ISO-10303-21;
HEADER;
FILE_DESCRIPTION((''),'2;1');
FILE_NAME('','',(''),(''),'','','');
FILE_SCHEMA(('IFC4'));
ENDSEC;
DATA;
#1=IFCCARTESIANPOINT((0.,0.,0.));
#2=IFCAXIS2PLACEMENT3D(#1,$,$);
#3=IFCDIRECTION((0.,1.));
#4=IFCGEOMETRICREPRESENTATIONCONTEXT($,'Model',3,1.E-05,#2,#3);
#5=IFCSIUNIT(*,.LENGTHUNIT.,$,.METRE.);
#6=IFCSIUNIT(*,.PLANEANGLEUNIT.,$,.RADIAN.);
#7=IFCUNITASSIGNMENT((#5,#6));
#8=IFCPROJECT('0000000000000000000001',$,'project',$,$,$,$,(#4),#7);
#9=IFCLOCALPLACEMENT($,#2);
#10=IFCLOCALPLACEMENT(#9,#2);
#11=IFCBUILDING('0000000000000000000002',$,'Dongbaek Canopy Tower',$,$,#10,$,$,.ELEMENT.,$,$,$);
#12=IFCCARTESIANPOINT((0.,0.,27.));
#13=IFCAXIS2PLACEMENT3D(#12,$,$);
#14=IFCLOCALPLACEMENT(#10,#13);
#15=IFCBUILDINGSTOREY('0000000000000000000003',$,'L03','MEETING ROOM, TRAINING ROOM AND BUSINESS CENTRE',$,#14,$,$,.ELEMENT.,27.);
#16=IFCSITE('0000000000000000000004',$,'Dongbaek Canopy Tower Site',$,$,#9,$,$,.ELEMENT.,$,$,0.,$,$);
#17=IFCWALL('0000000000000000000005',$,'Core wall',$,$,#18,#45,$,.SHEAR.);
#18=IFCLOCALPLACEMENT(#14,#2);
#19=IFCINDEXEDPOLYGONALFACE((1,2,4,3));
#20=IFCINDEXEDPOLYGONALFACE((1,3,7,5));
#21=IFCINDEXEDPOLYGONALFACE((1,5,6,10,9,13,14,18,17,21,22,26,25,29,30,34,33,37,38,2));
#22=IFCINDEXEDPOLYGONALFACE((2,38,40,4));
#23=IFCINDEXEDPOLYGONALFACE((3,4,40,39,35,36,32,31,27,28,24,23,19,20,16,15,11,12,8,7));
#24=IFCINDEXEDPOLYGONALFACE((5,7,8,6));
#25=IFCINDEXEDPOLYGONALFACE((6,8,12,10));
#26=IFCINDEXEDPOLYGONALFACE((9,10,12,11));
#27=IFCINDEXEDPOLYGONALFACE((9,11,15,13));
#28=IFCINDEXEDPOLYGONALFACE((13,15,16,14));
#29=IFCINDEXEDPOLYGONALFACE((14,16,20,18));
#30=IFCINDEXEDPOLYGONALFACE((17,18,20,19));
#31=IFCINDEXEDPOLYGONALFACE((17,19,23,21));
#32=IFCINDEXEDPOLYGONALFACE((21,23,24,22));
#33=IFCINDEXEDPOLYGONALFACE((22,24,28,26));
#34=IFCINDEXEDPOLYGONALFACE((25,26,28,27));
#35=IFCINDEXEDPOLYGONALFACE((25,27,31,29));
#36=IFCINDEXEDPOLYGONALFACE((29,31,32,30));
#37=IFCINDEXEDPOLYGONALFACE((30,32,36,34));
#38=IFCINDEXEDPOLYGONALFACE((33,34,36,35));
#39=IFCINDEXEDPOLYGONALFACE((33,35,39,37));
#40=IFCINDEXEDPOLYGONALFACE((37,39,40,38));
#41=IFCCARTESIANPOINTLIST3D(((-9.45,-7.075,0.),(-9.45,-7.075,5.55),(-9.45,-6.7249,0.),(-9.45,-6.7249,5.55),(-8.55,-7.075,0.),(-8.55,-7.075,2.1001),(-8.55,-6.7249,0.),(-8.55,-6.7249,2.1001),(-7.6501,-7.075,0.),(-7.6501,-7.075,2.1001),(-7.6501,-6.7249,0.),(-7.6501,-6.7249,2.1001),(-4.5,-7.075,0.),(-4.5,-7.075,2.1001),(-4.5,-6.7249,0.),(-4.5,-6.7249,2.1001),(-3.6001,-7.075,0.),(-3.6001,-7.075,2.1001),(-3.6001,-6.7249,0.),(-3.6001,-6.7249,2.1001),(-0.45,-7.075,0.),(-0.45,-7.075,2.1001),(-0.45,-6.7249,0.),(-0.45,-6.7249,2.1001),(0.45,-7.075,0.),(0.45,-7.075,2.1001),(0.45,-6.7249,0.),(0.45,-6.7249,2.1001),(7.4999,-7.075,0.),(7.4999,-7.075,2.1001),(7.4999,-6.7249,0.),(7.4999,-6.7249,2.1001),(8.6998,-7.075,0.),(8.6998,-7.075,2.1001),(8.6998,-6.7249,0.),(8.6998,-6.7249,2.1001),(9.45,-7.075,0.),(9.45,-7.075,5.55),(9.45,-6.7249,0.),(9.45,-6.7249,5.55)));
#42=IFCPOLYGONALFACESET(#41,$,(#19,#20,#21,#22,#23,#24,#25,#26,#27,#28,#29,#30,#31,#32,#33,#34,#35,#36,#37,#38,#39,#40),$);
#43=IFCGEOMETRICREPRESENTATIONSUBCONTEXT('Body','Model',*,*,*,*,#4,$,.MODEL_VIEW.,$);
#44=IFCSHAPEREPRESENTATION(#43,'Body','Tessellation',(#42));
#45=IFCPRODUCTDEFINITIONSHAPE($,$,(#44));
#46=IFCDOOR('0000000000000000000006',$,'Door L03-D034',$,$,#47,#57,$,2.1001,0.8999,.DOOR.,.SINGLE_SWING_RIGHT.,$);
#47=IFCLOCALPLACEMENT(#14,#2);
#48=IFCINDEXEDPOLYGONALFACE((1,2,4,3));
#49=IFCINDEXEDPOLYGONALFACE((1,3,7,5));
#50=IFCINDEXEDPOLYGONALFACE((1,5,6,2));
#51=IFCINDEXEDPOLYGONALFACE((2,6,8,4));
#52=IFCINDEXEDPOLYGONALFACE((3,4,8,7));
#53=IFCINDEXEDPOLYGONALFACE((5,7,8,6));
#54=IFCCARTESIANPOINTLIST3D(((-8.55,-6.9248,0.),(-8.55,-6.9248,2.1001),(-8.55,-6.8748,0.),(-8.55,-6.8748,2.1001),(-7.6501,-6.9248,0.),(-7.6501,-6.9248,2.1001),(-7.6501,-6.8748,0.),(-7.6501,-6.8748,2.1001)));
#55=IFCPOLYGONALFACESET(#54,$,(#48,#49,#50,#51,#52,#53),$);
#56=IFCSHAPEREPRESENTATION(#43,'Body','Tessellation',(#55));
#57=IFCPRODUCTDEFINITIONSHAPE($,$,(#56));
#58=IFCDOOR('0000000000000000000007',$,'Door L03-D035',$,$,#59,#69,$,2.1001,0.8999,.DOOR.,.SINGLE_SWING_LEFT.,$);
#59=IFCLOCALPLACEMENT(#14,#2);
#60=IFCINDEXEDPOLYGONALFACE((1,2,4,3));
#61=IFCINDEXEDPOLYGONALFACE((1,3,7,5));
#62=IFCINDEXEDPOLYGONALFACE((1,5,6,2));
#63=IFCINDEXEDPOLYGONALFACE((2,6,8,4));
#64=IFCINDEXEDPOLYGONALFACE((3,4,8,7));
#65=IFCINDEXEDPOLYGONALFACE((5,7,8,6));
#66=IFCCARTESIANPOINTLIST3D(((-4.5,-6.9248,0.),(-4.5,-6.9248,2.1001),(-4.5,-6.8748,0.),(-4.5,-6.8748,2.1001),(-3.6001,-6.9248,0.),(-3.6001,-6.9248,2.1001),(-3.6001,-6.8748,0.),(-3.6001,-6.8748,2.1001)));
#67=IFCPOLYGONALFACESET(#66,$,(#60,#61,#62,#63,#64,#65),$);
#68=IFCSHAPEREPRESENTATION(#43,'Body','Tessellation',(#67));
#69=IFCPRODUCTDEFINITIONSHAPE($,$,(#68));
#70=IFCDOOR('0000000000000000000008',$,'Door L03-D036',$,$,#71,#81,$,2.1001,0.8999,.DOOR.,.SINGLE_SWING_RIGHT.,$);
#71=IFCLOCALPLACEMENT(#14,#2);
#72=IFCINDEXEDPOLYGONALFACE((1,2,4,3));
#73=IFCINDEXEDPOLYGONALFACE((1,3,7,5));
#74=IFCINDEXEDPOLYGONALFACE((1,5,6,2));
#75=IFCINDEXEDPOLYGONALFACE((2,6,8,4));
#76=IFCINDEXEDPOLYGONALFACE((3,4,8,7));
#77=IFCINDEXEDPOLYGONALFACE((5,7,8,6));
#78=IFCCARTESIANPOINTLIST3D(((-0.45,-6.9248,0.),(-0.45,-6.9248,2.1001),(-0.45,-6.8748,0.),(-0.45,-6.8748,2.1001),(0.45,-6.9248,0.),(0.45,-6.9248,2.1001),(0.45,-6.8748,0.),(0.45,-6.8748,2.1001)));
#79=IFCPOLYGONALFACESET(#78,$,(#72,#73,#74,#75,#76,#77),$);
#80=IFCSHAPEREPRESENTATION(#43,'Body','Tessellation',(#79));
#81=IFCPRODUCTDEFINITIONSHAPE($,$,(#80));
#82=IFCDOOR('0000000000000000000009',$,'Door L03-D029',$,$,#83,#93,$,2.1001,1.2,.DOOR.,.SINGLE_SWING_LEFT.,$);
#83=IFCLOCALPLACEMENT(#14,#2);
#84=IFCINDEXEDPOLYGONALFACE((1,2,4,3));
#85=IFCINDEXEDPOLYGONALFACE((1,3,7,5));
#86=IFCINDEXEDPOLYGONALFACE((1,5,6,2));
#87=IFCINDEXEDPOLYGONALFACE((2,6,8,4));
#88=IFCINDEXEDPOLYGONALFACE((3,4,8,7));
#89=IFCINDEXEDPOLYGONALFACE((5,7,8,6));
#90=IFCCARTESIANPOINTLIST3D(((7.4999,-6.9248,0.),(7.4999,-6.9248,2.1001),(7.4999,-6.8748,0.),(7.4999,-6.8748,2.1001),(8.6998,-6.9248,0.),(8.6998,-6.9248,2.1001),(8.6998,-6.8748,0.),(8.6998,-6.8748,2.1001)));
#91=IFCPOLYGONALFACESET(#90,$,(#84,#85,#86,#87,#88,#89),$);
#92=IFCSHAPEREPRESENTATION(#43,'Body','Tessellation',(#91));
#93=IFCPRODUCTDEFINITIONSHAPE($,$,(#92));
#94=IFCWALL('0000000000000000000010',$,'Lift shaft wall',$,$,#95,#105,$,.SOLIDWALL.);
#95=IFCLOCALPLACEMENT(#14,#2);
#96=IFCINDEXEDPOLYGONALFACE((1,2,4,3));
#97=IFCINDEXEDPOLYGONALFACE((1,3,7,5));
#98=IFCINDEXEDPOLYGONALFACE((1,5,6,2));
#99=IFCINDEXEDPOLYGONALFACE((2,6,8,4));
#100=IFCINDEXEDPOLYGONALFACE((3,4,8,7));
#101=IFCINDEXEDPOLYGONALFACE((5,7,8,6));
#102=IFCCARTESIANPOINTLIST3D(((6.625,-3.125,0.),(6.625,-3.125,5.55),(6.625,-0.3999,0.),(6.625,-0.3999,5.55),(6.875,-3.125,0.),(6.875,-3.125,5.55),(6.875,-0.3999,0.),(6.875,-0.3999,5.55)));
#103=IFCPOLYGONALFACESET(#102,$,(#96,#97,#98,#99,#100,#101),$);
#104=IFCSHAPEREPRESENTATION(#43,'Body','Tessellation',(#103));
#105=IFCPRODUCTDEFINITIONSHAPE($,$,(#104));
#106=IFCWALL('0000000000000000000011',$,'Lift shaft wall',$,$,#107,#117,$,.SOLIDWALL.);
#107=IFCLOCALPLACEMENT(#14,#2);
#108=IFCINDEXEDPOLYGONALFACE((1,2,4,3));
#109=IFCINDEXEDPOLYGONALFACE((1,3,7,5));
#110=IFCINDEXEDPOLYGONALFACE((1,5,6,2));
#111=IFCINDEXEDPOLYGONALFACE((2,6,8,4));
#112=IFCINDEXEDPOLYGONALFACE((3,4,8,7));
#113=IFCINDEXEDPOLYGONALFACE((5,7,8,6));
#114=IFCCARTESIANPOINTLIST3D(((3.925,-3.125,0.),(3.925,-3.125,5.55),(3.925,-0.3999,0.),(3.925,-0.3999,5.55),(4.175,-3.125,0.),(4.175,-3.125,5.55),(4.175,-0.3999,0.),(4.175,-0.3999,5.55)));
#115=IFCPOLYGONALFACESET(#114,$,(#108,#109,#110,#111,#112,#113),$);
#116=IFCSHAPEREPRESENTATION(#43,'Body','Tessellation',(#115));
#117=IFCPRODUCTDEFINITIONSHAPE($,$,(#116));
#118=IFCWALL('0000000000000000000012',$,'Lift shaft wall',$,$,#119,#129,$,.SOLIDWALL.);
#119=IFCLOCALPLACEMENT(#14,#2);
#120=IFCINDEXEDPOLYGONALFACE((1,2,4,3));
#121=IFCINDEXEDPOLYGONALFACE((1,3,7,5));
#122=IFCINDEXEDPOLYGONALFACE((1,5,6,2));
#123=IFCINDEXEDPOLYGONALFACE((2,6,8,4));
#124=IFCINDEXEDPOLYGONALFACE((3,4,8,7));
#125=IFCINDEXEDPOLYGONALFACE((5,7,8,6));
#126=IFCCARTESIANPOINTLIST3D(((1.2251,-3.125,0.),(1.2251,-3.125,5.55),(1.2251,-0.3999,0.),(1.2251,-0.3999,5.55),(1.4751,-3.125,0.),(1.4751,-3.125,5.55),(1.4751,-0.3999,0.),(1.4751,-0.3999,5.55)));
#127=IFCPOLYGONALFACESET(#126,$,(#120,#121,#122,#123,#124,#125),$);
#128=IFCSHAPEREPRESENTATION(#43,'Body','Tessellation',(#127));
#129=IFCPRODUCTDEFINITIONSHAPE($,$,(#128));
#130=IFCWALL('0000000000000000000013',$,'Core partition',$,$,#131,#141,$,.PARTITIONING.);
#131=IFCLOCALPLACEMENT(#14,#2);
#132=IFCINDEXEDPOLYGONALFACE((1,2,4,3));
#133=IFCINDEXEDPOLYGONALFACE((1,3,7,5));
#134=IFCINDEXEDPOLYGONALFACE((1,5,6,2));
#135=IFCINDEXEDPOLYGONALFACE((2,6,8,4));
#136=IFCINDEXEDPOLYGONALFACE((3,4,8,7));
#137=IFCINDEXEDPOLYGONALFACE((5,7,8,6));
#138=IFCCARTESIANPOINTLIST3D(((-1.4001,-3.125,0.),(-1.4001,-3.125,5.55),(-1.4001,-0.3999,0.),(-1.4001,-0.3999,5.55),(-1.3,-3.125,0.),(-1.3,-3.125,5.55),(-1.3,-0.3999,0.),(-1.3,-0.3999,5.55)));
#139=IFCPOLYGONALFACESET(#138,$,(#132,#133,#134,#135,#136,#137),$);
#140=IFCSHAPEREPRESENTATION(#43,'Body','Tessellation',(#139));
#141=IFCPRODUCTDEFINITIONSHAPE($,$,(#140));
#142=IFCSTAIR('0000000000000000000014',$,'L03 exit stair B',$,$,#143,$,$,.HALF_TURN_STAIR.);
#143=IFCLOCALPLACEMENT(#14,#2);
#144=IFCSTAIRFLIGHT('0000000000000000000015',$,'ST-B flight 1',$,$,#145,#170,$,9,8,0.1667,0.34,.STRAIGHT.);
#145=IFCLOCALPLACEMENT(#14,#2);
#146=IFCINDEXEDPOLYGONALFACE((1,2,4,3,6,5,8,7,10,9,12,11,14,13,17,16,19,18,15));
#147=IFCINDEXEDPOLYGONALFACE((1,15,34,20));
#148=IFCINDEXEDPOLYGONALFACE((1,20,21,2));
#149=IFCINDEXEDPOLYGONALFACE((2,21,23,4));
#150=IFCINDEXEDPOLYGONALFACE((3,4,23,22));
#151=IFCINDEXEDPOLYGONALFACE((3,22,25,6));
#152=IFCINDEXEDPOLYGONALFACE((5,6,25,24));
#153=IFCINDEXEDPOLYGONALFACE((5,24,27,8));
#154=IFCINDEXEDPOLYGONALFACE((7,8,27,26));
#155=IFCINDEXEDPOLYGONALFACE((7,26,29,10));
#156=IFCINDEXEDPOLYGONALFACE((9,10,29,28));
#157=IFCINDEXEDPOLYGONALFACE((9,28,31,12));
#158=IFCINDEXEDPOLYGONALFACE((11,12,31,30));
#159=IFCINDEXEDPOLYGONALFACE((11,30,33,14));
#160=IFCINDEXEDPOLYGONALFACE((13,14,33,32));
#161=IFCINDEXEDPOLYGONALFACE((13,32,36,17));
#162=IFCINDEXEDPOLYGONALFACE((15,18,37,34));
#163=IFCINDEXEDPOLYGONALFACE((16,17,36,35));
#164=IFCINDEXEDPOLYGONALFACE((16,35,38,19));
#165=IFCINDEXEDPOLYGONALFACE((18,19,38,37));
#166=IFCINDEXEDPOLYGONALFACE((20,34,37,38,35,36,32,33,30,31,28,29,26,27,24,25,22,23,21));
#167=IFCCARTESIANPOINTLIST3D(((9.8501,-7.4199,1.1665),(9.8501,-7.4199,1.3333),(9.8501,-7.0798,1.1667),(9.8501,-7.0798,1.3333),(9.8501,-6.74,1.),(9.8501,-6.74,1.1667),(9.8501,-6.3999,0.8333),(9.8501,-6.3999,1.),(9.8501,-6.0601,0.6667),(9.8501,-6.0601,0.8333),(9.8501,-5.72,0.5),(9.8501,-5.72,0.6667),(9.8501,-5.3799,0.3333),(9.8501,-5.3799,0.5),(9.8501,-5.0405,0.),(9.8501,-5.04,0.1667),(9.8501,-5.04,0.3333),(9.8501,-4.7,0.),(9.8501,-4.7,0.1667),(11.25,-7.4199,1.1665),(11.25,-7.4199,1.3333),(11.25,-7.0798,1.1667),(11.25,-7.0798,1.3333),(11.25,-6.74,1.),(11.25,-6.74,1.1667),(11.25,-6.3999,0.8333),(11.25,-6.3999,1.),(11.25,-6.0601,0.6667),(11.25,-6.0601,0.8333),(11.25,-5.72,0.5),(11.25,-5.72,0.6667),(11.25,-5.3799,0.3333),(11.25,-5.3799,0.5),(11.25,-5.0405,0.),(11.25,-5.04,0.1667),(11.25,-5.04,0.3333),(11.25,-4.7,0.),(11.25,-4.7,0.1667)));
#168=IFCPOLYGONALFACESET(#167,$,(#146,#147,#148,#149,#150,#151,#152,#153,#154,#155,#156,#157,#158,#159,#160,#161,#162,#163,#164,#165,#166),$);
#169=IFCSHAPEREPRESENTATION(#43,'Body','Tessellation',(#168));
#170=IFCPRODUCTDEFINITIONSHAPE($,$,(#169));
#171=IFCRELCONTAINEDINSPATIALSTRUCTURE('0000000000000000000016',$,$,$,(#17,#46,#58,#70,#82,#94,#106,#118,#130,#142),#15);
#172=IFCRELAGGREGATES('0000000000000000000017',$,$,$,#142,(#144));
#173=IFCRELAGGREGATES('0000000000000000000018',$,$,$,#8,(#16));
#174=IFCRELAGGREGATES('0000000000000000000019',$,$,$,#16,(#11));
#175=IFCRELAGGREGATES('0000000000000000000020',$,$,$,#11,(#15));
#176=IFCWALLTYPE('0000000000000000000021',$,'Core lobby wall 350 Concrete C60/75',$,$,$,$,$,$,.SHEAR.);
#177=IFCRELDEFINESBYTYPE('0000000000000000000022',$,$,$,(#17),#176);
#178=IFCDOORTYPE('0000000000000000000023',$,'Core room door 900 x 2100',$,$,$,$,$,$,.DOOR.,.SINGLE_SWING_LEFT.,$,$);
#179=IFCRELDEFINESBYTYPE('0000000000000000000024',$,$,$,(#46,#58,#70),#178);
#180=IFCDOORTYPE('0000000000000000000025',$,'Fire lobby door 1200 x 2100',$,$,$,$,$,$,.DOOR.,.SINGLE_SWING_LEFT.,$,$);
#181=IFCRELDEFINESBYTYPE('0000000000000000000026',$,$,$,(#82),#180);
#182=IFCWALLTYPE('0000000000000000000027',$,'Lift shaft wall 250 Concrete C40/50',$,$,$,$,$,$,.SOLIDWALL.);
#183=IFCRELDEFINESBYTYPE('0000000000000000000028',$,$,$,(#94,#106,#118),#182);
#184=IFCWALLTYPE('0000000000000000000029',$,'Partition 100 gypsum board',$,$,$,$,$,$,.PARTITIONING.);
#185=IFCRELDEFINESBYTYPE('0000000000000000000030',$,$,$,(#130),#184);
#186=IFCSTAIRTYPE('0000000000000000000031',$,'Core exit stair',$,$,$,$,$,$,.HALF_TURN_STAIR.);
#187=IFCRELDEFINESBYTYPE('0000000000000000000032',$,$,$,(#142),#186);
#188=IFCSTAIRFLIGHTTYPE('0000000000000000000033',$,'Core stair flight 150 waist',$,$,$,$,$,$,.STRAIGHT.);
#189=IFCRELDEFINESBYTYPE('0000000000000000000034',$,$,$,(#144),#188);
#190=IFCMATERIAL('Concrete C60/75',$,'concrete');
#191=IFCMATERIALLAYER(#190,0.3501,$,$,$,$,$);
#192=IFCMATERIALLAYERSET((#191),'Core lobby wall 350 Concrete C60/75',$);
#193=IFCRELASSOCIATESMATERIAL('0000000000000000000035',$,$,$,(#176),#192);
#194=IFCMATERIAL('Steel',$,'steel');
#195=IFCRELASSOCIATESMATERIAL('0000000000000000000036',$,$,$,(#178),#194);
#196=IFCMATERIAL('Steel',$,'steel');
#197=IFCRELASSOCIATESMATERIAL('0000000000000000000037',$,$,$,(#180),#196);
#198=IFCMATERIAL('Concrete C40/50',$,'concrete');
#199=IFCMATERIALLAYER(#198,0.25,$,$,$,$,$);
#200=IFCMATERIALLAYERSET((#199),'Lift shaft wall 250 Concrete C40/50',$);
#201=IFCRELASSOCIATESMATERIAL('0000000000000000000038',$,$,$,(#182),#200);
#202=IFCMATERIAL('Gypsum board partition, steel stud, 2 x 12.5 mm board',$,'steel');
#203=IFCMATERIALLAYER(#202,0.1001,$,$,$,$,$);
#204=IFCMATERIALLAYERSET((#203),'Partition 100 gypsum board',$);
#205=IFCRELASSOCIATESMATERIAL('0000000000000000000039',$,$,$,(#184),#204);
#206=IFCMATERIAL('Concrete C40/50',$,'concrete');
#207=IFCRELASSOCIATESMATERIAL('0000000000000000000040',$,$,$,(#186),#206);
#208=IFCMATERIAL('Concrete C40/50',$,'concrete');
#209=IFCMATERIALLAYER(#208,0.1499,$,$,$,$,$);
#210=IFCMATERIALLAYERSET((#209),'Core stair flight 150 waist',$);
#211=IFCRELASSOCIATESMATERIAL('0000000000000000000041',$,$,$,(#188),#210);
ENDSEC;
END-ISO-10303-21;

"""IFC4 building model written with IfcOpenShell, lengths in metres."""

from ifc_helpers import new_model, si_unit, direction, frame, frame_2d, origin, place, context, subcontext, project, spatial, polyline, rectangle, outline, extrude, material, layer, layer_set, type_object, element, fill, aggregate, save


model = new_model("IFC4")

# Units and contexts
model_context = context("Model", 3, precision=1e-05, world=origin(), true_north=direction((0.0, 1.0)))
body_context = subcontext(model_context, "Body", "Model", "MODEL_VIEW")
ifc_project = project(units=[si_unit("LENGTHUNIT", "METRE"), si_unit("PLANEANGLEUNIT", "RADIAN")], contexts=[model_context])

# Site, building, storey
site_placement = place(None, origin())
site = spatial("IfcSite", under=ifc_project, at=site_placement, Name="Dongbaek Canopy Tower Site", CompositionType="ELEMENT", RefElevation=0.0)
building_placement = place(site_placement, origin())
building = spatial("IfcBuilding", under=site, at=building_placement, Name="Dongbaek Canopy Tower", CompositionType="ELEMENT")
storey_placement = place(building_placement, frame((0.0, 0.0, 27.0)))
storey = spatial("IfcBuildingStorey", under=building, at=storey_placement, Name="L03", Description="MEETING ROOM, TRAINING ROOM AND BUSINESS CENTRE", CompositionType="ELEMENT", Elevation=27.0)

# Wall, openings, doors
ifc_material_1 = material(Name="Concrete C60/75", Category="concrete")
ifc_layer_1 = layer(ifc_material_1, 0.3501)
ifc_layer_set_1 = layer_set([ifc_layer_1], Name="Core lobby wall 350 Concrete C60/75")
wall_type_1 = type_object("IfcWallType", Name="Core lobby wall 350 Concrete C60/75", PredefinedType="SHEAR", material=ifc_layer_set_1)
wall_1_placement = place(storey_placement, frame((9.45, -6.8999, 0.0), z_axis=(0.0, 0.0, 1.0), x_axis=(-1.0, 0.0, 0.0)))
wall_1 = element("IfcWall", 1, at=wall_1_placement, inside=storey, type_object=wall_type_1, Name="Core wall", PredefinedType="SHEAR", context=body_context, shape_type="SweptSolid", body=[
    extrude(rectangle(XDim=18.8999, YDim=0.3501, at=frame_2d((9.45, 0.0))), origin(), (0.0, 0.0, 1.0), 5.55),
])
opening_1_placement = place(wall_1_placement, frame((0.75, 0.0, 0.0)))
opening_1 = element("IfcOpeningElement", 2, at=opening_1_placement, cuts=wall_1, PredefinedType="OPENING", context=body_context, shape_type="SweptSolid", body=[
    extrude(rectangle(XDim=1.2, YDim=2.1001, at=frame_2d((0.6001, 1.05))), frame((0.0, 0.1851, 0.0), z_axis=(0.0, -1.0, 0.0), x_axis=(1.0, 0.0, 0.0)), (0.0, 0.0, 1.0), 0.3701),
])
opening_2_placement = place(wall_1_placement, frame((17.1001, 0.0, 0.0)))
opening_2 = element("IfcOpeningElement", 3, at=opening_2_placement, cuts=wall_1, PredefinedType="OPENING", context=body_context, shape_type="SweptSolid", body=[
    extrude(rectangle(XDim=0.8999, YDim=2.1001, at=frame_2d((0.45, 1.05))), frame((0.0, 0.1851, 0.0), z_axis=(0.0, -1.0, 0.0), x_axis=(1.0, 0.0, 0.0)), (0.0, 0.0, 1.0), 0.3701),
])
opening_3_placement = place(wall_1_placement, frame((13.05, 0.0, 0.0)))
opening_3 = element("IfcOpeningElement", 4, at=opening_3_placement, cuts=wall_1, PredefinedType="OPENING", context=body_context, shape_type="SweptSolid", body=[
    extrude(rectangle(XDim=0.8999, YDim=2.1001, at=frame_2d((0.45, 1.05))), frame((0.0, 0.1851, 0.0), z_axis=(0.0, -1.0, 0.0), x_axis=(1.0, 0.0, 0.0)), (0.0, 0.0, 1.0), 0.3701),
])
opening_4_placement = place(wall_1_placement, frame((9.0, 0.0, 0.0)))
opening_4 = element("IfcOpeningElement", 5, at=opening_4_placement, cuts=wall_1, PredefinedType="OPENING", context=body_context, shape_type="SweptSolid", body=[
    extrude(rectangle(XDim=0.8999, YDim=2.1001, at=frame_2d((0.45, 1.05))), frame((0.0, 0.1851, 0.0), z_axis=(0.0, -1.0, 0.0), x_axis=(1.0, 0.0, 0.0)), (0.0, 0.0, 1.0), 0.3701),
])
ifc_material_2 = material(Name="Steel", Category="steel")
door_type_1 = type_object("IfcDoorType", Name="Core room door 900 x 2100", OperationType="SINGLE_SWING_LEFT", PredefinedType="DOOR", material=ifc_material_2)
door_1_placement = place(opening_2_placement, origin())
door_1 = element("IfcDoor", 6, at=door_1_placement, inside=storey, type_object=door_type_1, Name="Door L03-D034", OperationType="SINGLE_SWING_RIGHT", OverallHeight=2.1001, OverallWidth=0.8999, PredefinedType="DOOR", context=body_context, shape_type="SweptSolid", body=[
    extrude(rectangle(XDim=0.8999, YDim=2.1001, at=frame_2d((0.45, 1.05))), frame((0.0, 0.0249, 0.0), z_axis=(0.0, -1.0, 0.0), x_axis=(1.0, 0.0, 0.0)), (0.0, 0.0, 1.0), 0.05),
])
fill(opening_2, door_1)
door_2_placement = place(opening_3_placement, origin())
door_2 = element("IfcDoor", 7, at=door_2_placement, inside=storey, type_object=door_type_1, Name="Door L03-D035", OperationType="SINGLE_SWING_LEFT", OverallHeight=2.1001, OverallWidth=0.8999, PredefinedType="DOOR", context=body_context, shape_type="SweptSolid", body=[
    extrude(rectangle(XDim=0.8999, YDim=2.1001, at=frame_2d((0.45, 1.05))), frame((0.0, 0.0249, 0.0), z_axis=(0.0, -1.0, 0.0), x_axis=(1.0, 0.0, 0.0)), (0.0, 0.0, 1.0), 0.05),
])
fill(opening_3, door_2)
door_3_placement = place(opening_4_placement, origin())
door_3 = element("IfcDoor", 8, at=door_3_placement, inside=storey, type_object=door_type_1, Name="Door L03-D036", OperationType="SINGLE_SWING_RIGHT", OverallHeight=2.1001, OverallWidth=0.8999, PredefinedType="DOOR", context=body_context, shape_type="SweptSolid", body=[
    extrude(rectangle(XDim=0.8999, YDim=2.1001, at=frame_2d((0.45, 1.05))), frame((0.0, 0.0249, 0.0), z_axis=(0.0, -1.0, 0.0), x_axis=(1.0, 0.0, 0.0)), (0.0, 0.0, 1.0), 0.05),
])
fill(opening_4, door_3)
ifc_material_3 = material(Name="Steel", Category="steel")
door_type_2 = type_object("IfcDoorType", Name="Fire lobby door 1200 x 2100", OperationType="SINGLE_SWING_LEFT", PredefinedType="DOOR", material=ifc_material_3)
door_4_placement = place(opening_1_placement, origin())
door_4 = element("IfcDoor", 9, at=door_4_placement, inside=storey, type_object=door_type_2, Name="Door L03-D029", OperationType="SINGLE_SWING_LEFT", OverallHeight=2.1001, OverallWidth=1.2, PredefinedType="DOOR", context=body_context, shape_type="SweptSolid", body=[
    extrude(rectangle(XDim=1.2, YDim=2.1001, at=frame_2d((0.6001, 1.05))), frame((0.0, 0.0249, 0.0), z_axis=(0.0, -1.0, 0.0), x_axis=(1.0, 0.0, 0.0)), (0.0, 0.0, 1.0), 0.05),
])
fill(opening_1, door_4)

# Walls
ifc_material_4 = material(Name="Concrete C40/50", Category="concrete")
ifc_layer_2 = layer(ifc_material_4, 0.25)
ifc_layer_set_2 = layer_set([ifc_layer_2], Name="Lift shaft wall 250 Concrete C40/50")
wall_type_2 = type_object("IfcWallType", Name="Lift shaft wall 250 Concrete C40/50", PredefinedType="SOLIDWALL", material=ifc_layer_set_2)
for number, where, z_axis, x_axis, name in (
    (10, (6.75, -3.125, 0.0), (0.0, 0.0, 1.0), (0.0, 1.0, 0.0), "Lift shaft wall"),
    (11, (4.05, -3.125, 0.0), (0.0, 0.0, 1.0), (0.0, 1.0, 0.0), "Lift shaft wall"),
    (12, (1.3501, -3.125, 0.0), (0.0, 0.0, 1.0), (0.0, 1.0, 0.0), "Lift shaft wall"),
):
    element("IfcWall", number, at=place(storey_placement, frame(where, z_axis=z_axis, x_axis=x_axis)), inside=storey, type_object=wall_type_2, Name=name, PredefinedType="SOLIDWALL", context=body_context, shape_type="SweptSolid", body=[
        extrude(rectangle(XDim=2.7251, YDim=0.25, at=frame_2d((1.3625, 0.0))), origin(), (0.0, 0.0, 1.0), 5.55),
    ])
ifc_material_5 = material(Name="Gypsum board partition, steel stud, 2 x 12.5 mm board", Category="steel")
ifc_layer_3 = layer(ifc_material_5, 0.1001)
ifc_layer_set_3 = layer_set([ifc_layer_3], Name="Partition 100 gypsum board")
wall_type_3 = type_object("IfcWallType", Name="Partition 100 gypsum board", PredefinedType="PARTITIONING", material=ifc_layer_set_3)
wall_2_placement = place(storey_placement, frame((-1.3501, -3.125, 0.0), z_axis=(0.0, 0.0, 1.0), x_axis=(0.0, 1.0, 0.0)))
element("IfcWall", 13, at=wall_2_placement, inside=storey, type_object=wall_type_3, Name="Core partition", PredefinedType="PARTITIONING", context=body_context, shape_type="SweptSolid", body=[
    extrude(rectangle(XDim=2.7251, YDim=0.1001, at=frame_2d((1.3625, 0.0))), origin(), (0.0, 0.0, 1.0), 5.55),
])

# Stair, stair flight
ifc_material_6 = material(Name="Concrete C40/50", Category="concrete")
stair_type = type_object("IfcStairType", Name="Core exit stair", PredefinedType="HALF_TURN_STAIR", material=ifc_material_6)
stair_placement = place(storey_placement, origin())
stair = element("IfcStair", 14, at=stair_placement, inside=storey, type_object=stair_type, Name="L03 exit stair B", PredefinedType="HALF_TURN_STAIR")
ifc_material_7 = material(Name="Concrete C40/50", Category="concrete")
ifc_layer_4 = layer(ifc_material_7, 0.1499)
ifc_layer_set_4 = layer_set([ifc_layer_4], Name="Core stair flight 150 waist")
stair_flight_type = type_object("IfcStairFlightType", Name="Core stair flight 150 waist", PredefinedType="STRAIGHT", material=ifc_layer_set_4)
stair_flight_1_placement = place(storey_placement, frame((10.55, -4.7, 0.0), z_axis=(0.0, 0.0, 1.0), x_axis=(0.0, -1.0, 0.0)))
stair_flight_1 = element("IfcStairFlight", 15, at=stair_flight_1_placement, type_object=stair_flight_type, Name="ST-B flight 1", NumberOfRisers=9, NumberOfTreads=8, PredefinedType="STRAIGHT", RiserHeight=0.1667, TreadLength=0.34, context=body_context, shape_type="SweptSolid", body=[
    extrude(outline(polyline([(0.0, 0.0), (0.0, 0.1667), (0.3401, 0.1667), (0.3401, 0.3333), (0.6799, 0.3333), (0.6799, 0.5), (1.02, 0.5), (1.02, 0.6667), (1.3601, 0.6667), (1.3601, 0.8333), (1.7, 0.8333), (1.7, 1.0), (2.04, 1.0), (2.04, 1.1667), (2.3799, 1.1667), (2.3799, 1.3333), (2.72, 1.3333), (2.72, 1.5), (2.72, 1.1665), (0.3406, 0.0), (0.0, 0.0)])), frame((0.0, 0.7, 0.0), z_axis=(0.0, -1.0, 0.0), x_axis=(1.0, 0.0, 0.0)), (0.0, 0.0, 1.0), 1.3999),
])
aggregate(stair, [stair_flight_1])

save(model, "model.ifc")
